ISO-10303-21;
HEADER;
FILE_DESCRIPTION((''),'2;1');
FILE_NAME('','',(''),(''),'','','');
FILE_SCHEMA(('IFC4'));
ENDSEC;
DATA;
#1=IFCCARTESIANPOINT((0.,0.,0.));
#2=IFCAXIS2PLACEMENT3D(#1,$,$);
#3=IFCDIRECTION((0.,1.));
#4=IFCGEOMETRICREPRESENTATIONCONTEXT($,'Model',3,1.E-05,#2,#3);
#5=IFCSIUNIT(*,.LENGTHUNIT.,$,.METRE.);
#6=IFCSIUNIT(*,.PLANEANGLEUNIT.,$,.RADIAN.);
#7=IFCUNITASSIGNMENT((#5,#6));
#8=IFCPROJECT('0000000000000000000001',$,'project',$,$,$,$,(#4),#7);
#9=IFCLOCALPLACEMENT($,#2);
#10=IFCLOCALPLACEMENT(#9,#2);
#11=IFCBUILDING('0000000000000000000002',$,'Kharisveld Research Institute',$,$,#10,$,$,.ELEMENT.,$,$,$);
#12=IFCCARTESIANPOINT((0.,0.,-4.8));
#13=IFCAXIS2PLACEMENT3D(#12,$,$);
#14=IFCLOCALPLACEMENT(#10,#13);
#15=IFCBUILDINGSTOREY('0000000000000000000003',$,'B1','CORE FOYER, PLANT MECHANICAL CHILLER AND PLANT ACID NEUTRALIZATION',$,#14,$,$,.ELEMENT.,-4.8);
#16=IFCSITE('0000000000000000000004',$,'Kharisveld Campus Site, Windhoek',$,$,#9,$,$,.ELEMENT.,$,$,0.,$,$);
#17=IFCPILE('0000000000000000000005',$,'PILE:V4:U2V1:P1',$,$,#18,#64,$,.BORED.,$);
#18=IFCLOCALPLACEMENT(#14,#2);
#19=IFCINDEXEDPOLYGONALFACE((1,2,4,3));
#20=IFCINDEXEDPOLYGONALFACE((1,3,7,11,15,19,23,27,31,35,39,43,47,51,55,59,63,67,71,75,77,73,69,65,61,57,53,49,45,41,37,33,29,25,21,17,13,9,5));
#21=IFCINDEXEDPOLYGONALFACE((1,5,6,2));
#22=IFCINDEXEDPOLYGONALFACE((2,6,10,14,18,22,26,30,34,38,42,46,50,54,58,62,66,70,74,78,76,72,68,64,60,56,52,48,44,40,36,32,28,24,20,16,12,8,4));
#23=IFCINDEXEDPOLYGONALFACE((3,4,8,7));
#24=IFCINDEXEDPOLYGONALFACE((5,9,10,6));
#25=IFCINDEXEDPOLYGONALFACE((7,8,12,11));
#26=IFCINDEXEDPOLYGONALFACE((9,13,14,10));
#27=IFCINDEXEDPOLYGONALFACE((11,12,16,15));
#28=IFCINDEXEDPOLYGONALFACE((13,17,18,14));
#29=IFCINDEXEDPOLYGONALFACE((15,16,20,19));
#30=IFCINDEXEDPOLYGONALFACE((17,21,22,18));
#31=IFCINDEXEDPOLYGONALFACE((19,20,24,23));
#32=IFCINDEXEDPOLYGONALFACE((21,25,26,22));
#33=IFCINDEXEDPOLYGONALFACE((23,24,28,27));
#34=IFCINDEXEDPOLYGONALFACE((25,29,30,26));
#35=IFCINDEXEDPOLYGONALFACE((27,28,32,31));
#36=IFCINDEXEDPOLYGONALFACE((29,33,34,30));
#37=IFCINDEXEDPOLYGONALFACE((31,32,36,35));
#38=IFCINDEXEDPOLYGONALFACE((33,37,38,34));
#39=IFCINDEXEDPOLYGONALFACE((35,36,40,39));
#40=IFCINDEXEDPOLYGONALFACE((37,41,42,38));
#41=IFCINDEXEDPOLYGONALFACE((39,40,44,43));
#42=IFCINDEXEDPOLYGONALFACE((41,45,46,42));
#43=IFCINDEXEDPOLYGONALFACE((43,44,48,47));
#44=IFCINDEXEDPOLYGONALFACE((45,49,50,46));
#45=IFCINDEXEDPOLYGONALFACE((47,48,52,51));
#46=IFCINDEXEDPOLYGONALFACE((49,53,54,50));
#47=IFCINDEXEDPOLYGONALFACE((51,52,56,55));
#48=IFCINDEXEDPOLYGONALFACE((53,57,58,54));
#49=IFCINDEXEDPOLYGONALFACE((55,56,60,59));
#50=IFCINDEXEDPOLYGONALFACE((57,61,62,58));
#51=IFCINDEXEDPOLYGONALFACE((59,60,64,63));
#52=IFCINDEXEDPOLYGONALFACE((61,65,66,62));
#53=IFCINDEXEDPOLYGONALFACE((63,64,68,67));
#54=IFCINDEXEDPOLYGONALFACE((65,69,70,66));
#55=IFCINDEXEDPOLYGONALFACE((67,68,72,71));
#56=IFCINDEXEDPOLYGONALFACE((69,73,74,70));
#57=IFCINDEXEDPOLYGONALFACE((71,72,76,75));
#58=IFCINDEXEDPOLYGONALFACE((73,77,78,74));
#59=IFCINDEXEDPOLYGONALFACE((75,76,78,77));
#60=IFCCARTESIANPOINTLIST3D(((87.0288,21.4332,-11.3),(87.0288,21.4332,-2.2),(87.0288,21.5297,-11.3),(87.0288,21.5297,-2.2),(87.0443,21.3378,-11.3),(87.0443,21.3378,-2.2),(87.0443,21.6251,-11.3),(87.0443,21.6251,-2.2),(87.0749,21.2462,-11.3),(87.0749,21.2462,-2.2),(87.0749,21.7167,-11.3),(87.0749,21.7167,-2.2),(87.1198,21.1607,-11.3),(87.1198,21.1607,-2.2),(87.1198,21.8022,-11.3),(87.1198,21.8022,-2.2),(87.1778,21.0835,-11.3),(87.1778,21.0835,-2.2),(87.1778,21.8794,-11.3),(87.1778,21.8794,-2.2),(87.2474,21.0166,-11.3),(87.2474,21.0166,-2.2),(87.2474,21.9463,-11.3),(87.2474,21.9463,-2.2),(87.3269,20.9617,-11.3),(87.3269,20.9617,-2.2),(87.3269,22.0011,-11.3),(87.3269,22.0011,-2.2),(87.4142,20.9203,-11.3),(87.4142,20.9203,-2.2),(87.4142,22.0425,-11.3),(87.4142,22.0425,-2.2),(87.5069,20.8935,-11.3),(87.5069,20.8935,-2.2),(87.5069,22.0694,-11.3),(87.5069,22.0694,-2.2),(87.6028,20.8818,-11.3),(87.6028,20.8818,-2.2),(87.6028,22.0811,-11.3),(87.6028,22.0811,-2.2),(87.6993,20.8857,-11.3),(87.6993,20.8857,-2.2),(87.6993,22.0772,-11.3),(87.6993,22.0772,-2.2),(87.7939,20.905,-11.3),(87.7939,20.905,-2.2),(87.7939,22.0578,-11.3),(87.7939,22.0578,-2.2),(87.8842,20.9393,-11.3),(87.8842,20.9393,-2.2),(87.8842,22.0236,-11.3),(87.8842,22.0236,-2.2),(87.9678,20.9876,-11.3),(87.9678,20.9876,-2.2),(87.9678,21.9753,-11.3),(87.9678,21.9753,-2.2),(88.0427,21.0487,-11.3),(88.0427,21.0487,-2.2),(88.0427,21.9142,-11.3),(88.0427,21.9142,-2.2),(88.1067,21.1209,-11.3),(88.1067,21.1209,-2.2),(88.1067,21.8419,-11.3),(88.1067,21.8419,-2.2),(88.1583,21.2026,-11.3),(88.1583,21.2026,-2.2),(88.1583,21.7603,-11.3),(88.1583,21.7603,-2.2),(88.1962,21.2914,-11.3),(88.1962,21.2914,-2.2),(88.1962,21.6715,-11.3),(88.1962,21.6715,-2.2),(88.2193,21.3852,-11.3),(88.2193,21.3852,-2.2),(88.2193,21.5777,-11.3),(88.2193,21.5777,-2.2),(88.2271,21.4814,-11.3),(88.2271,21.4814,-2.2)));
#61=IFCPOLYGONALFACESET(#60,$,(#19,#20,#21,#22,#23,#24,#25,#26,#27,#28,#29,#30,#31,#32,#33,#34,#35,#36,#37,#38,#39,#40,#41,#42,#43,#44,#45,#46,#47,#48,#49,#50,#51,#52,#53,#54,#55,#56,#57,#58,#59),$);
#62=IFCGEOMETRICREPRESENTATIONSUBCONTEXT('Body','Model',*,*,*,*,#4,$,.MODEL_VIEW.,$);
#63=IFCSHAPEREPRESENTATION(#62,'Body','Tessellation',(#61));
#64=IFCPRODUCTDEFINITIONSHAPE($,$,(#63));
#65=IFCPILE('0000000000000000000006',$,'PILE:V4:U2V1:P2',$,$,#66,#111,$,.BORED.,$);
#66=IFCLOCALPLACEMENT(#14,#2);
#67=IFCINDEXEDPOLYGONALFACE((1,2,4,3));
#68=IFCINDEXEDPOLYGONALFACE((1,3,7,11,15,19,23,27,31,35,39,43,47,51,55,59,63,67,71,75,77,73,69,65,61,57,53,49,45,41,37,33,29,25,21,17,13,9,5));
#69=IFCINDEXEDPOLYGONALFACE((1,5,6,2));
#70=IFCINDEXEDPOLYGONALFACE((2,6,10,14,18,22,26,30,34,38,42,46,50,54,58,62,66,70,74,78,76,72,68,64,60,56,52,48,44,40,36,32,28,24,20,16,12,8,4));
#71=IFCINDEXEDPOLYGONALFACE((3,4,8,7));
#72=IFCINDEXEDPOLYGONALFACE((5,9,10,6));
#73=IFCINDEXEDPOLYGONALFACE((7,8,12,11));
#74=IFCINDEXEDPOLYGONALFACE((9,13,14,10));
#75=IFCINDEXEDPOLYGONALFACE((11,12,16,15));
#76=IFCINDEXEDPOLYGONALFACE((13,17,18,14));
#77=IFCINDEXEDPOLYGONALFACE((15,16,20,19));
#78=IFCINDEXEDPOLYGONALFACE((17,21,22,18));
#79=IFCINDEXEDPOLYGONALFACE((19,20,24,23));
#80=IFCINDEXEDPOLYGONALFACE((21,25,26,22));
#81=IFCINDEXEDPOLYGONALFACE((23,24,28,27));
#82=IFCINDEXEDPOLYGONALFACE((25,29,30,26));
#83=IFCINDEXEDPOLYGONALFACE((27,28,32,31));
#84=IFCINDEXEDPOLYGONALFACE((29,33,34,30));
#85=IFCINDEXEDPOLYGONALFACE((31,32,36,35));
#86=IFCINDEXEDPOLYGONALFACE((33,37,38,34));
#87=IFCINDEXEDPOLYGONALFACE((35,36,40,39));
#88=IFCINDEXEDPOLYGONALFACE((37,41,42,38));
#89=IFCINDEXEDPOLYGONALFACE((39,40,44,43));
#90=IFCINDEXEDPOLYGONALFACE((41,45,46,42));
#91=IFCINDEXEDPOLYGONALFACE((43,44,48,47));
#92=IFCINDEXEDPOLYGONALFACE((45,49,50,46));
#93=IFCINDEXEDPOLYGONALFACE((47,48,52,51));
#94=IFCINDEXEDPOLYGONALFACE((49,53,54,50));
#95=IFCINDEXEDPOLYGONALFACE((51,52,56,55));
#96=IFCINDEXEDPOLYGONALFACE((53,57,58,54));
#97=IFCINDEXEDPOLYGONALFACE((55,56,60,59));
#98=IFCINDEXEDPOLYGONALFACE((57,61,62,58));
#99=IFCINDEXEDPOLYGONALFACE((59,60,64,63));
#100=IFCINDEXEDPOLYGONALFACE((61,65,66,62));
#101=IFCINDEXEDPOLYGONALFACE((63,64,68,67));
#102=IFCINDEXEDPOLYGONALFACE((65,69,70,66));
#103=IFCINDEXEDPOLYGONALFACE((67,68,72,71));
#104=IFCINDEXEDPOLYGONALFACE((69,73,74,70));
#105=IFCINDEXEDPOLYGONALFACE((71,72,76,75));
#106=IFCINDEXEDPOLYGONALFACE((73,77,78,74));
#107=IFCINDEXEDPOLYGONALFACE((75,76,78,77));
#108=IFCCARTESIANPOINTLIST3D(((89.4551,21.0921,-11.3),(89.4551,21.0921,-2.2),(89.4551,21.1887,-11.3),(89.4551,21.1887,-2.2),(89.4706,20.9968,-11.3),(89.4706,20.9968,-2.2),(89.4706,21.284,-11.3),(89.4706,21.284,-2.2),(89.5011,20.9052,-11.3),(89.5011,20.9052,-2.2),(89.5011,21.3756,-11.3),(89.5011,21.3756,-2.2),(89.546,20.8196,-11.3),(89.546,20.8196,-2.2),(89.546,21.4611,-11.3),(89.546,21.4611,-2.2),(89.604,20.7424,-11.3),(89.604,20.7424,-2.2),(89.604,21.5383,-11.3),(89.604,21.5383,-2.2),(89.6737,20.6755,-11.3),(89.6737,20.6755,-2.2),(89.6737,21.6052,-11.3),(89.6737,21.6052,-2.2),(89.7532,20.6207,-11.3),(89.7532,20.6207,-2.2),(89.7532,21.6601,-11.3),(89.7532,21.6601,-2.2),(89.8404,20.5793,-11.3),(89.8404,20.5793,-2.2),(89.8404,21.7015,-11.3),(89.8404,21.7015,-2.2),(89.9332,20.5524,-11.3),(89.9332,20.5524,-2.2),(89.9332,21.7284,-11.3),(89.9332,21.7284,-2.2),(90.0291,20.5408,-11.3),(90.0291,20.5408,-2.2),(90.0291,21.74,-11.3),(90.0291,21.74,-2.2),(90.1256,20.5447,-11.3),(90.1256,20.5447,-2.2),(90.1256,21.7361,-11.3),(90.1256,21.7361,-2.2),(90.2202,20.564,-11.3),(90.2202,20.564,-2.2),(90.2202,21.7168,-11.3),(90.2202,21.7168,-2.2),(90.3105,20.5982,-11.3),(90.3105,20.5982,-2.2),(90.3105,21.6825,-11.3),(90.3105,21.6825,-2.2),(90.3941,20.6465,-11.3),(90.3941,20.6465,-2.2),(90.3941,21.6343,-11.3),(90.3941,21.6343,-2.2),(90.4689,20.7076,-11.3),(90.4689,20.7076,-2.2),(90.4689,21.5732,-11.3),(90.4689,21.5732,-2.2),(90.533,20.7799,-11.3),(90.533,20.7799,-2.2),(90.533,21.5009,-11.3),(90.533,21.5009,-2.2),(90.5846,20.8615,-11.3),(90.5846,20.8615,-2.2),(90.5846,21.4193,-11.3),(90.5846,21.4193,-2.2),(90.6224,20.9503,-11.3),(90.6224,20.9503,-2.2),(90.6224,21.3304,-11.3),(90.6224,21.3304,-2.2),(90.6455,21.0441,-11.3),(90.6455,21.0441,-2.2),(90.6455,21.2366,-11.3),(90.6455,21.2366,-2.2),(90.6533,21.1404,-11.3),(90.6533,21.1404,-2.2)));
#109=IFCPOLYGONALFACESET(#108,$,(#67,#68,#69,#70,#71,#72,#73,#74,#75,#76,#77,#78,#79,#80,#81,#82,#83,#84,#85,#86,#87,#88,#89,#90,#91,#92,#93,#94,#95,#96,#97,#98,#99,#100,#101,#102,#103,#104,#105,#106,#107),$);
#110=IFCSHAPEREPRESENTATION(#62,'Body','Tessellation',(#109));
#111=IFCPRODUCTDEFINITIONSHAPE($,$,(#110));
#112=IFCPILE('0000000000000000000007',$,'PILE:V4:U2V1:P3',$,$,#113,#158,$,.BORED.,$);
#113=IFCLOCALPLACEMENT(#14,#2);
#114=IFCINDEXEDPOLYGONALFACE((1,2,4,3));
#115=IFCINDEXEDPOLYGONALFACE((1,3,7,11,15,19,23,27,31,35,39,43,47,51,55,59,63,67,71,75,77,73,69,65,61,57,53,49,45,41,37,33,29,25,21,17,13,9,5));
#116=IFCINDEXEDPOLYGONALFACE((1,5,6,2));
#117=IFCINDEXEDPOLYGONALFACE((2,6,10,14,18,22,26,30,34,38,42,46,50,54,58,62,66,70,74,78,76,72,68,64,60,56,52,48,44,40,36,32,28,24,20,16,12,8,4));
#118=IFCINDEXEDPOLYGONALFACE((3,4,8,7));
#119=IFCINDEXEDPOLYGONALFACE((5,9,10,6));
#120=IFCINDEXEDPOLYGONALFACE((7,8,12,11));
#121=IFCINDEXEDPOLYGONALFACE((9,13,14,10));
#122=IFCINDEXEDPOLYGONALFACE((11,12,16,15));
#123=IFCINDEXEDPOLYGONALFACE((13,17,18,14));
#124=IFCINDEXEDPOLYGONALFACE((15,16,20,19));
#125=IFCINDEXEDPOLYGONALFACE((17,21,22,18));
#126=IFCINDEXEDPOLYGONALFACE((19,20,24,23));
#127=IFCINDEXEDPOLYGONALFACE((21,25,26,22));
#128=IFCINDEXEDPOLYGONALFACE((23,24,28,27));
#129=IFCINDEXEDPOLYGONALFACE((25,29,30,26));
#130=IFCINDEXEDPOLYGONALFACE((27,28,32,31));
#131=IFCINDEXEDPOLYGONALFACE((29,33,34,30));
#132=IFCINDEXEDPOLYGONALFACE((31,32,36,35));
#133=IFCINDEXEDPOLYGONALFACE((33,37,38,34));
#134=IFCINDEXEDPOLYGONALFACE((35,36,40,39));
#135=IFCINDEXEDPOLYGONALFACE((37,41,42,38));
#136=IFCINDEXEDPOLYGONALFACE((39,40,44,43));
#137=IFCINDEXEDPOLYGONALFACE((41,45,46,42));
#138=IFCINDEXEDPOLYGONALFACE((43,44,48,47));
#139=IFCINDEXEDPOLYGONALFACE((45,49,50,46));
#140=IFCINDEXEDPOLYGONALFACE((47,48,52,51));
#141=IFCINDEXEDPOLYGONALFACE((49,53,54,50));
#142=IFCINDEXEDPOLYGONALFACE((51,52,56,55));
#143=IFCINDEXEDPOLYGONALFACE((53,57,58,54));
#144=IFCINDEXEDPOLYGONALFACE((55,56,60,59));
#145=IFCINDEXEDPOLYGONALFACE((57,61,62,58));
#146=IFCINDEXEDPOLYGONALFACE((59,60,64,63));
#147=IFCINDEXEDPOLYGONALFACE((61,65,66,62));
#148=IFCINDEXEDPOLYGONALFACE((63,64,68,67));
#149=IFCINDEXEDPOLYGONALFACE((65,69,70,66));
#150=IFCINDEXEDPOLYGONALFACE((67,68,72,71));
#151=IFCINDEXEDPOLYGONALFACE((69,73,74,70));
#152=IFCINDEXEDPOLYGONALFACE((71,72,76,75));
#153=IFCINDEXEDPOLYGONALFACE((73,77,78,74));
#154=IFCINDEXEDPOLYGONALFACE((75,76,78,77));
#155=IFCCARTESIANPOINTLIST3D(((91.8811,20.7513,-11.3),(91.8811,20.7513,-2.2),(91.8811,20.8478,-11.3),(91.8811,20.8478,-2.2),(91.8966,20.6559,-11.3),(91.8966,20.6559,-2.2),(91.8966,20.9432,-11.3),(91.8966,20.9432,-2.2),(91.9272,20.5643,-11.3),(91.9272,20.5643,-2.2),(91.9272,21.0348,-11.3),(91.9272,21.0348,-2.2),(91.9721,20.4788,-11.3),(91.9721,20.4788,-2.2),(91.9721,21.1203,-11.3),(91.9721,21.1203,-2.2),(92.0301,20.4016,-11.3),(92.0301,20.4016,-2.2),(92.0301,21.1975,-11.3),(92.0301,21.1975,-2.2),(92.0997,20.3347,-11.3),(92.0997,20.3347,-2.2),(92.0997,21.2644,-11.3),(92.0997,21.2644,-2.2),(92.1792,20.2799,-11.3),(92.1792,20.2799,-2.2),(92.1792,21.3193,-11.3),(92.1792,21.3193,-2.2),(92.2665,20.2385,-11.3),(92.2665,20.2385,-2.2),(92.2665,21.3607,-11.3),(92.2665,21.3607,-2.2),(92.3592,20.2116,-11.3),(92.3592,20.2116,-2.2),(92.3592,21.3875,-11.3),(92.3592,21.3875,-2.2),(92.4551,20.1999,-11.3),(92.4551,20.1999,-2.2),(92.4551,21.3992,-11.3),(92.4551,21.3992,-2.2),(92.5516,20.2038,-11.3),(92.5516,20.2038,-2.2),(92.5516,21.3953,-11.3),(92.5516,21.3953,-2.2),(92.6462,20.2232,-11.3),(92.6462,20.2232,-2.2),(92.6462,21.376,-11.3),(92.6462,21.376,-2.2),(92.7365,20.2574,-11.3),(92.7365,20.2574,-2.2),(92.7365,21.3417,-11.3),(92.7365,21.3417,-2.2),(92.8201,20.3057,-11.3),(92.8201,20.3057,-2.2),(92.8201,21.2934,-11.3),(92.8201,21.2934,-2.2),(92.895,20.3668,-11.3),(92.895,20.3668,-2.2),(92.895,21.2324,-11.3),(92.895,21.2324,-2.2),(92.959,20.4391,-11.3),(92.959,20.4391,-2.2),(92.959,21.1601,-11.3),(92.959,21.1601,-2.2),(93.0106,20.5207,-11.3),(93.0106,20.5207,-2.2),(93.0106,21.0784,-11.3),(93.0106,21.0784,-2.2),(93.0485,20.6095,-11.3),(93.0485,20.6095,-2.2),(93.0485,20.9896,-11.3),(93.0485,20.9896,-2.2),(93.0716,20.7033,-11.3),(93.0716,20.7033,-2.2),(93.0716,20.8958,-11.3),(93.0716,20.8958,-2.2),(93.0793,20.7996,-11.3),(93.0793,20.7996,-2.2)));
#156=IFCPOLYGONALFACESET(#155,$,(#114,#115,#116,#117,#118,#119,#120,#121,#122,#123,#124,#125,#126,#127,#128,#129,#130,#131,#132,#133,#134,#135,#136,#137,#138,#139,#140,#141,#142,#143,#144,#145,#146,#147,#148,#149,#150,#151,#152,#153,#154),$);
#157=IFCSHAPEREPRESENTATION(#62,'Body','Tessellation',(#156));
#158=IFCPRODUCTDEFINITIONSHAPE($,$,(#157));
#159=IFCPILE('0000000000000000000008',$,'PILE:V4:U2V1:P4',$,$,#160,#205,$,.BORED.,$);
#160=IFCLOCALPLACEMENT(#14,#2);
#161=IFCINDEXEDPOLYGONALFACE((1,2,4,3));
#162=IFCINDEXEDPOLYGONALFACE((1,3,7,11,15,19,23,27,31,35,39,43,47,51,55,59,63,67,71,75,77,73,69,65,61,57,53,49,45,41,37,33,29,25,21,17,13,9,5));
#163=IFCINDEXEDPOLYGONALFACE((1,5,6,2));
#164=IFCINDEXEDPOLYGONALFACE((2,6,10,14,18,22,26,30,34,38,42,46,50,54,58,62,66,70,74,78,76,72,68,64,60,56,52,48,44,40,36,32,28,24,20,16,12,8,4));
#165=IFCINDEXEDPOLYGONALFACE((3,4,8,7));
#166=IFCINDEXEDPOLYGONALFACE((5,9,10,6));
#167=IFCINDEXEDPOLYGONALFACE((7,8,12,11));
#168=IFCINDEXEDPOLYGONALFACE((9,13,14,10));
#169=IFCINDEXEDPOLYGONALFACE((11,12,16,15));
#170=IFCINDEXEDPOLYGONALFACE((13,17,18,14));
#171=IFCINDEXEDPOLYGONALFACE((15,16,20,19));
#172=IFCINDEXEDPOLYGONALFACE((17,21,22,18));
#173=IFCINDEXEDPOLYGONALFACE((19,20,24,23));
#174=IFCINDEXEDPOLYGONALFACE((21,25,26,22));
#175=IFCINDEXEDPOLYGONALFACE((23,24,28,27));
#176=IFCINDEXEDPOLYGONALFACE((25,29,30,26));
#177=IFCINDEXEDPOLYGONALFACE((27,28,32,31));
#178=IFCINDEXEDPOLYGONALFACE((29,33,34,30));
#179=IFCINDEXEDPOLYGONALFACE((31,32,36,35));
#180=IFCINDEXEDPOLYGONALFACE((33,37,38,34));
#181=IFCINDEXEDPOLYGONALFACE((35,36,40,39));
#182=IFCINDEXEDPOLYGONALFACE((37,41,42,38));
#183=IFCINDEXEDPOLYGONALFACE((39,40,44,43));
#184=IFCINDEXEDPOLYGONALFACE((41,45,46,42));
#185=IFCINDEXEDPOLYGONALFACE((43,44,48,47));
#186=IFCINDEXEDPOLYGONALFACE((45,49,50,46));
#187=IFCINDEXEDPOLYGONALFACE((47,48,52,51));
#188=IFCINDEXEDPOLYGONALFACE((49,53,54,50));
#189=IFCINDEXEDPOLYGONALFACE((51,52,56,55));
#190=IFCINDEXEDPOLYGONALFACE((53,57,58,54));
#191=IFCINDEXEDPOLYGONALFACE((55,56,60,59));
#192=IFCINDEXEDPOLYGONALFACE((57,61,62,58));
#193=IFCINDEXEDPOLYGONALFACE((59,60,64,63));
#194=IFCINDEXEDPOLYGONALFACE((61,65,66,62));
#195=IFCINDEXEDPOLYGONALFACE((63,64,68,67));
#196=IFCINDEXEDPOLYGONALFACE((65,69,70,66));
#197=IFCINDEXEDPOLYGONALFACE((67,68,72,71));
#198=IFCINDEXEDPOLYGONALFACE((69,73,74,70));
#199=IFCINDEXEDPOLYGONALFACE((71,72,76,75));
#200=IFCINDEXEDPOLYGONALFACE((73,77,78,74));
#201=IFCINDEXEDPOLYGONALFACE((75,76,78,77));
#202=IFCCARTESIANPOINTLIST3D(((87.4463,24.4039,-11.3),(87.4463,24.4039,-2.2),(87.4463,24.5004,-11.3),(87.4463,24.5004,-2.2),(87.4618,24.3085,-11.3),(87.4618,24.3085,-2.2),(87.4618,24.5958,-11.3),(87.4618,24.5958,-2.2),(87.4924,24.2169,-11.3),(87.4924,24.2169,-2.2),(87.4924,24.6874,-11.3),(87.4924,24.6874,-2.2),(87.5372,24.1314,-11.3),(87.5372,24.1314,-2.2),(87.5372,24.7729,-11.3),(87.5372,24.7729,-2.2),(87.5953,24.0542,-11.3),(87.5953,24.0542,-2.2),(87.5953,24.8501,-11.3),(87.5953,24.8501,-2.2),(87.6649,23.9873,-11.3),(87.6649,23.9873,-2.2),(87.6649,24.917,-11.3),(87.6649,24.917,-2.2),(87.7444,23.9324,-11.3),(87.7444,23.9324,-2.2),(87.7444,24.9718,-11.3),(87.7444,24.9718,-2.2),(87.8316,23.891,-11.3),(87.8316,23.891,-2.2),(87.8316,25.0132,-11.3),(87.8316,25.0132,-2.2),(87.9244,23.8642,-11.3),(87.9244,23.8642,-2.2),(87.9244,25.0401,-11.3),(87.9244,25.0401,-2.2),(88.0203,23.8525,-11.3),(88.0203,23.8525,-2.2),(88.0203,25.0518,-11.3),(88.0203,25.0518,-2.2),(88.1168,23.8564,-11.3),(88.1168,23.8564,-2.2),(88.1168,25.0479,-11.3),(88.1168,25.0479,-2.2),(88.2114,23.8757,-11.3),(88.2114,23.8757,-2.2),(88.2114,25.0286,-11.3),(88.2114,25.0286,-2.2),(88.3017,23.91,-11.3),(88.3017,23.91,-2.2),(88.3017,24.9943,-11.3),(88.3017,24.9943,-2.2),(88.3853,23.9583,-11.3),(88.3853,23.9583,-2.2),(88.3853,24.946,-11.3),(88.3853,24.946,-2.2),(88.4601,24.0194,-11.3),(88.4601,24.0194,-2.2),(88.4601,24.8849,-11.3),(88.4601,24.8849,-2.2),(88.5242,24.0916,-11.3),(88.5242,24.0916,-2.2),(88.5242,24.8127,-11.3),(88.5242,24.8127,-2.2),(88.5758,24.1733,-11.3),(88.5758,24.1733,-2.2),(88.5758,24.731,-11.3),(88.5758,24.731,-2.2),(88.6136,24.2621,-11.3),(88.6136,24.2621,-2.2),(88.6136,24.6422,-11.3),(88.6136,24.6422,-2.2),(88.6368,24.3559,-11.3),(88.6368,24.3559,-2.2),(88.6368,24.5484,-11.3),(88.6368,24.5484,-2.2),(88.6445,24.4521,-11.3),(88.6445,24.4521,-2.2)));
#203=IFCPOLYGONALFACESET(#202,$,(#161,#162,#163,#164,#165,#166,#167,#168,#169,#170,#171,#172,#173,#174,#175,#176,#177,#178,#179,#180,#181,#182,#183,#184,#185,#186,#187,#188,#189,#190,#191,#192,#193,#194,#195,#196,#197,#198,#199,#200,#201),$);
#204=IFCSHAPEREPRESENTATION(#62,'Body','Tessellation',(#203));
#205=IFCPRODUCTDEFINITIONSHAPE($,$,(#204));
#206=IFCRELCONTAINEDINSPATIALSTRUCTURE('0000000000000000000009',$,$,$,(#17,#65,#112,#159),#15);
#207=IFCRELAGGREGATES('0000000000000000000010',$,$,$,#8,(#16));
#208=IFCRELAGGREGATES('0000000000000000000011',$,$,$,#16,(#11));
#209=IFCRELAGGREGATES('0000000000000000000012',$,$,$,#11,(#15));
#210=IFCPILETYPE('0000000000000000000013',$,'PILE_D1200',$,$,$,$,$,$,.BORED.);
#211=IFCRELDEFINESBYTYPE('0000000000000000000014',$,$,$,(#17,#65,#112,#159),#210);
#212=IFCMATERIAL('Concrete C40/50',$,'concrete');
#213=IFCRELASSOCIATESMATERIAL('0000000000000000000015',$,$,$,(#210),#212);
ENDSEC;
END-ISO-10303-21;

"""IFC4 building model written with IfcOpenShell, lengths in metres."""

from ifc_helpers import new_model, si_unit, direction, frame, origin, origin_2d, place, context, subcontext, project, spatial, circle, extrude, material, material_profile, profile_set, type_object, element, save


model = new_model("IFC4")

# Units and contexts
model_context = context("Model", 3, precision=1e-05, world=origin(), true_north=direction((0.0, 1.0)))
body_context = subcontext(model_context, "Body", "Model", "MODEL_VIEW")
ifc_project = project(units=[si_unit("LENGTHUNIT", "METRE"), si_unit("PLANEANGLEUNIT", "RADIAN")], contexts=[model_context])

# Site, building, storey
site_placement = place(None, origin())
site = spatial("IfcSite", under=ifc_project, at=site_placement, Name="Kharisveld Campus Site, Windhoek", CompositionType="ELEMENT", RefElevation=0.0)
building_placement = place(site_placement, origin())
building = spatial("IfcBuilding", under=site, at=building_placement, Name="Kharisveld Research Institute", CompositionType="ELEMENT")
storey_placement = place(building_placement, frame((0.0, 0.0, -4.8)))
storey = spatial("IfcBuildingStorey", under=building, at=storey_placement, Name="B1", Description="CORE FOYER, PLANT MECHANICAL CHILLER AND PLANT ACID NEUTRALIZATION", CompositionType="ELEMENT", Elevation=-4.8)

# Piles
ifc_material_1 = material(Name="Concrete C40/50", Category="concrete")
ifc_material_profile_1 = material_profile(ifc_material_1, circle(Radius=0.6001, at=origin_2d()))
ifc_profile_set_1 = profile_set([ifc_material_profile_1], Name="Concrete C40/50")
pile_type_1 = type_object("IfcPileType", Name="PILE_D1200", PredefinedType="BORED", material=ifc_profile_set_1)
for number, where, z_axis, x_axis, name in (
    (1, (87.627, 21.4814, -2.2), (0.0, 0.0, -1.0), (1.0, 0.0, 0.0), "PILE:V4:U2V1:P1"),
    (2, (90.0532, 21.1404, -2.2), (0.0, 0.0, -1.0), (1.0, 0.0, 0.0), "PILE:V4:U2V1:P2"),
    (3, (92.4792, 20.7996, -2.2), (0.0, 0.0, -1.0), (1.0, 0.0, 0.0), "PILE:V4:U2V1:P3"),
    (4, (88.0444, 24.4521, -2.2), (0.0, 0.0, -1.0), (1.0, 0.0, 0.0), "PILE:V4:U2V1:P4"),
):
    element("IfcPile", number, at=place(storey_placement, frame(where, z_axis=z_axis, x_axis=x_axis)), inside=storey, type_object=pile_type_1, Name=name, PredefinedType="BORED", context=body_context, shape_type="SweptSolid", body=[
        extrude(circle(Radius=0.6001, at=origin_2d()), origin(), (0.0, 0.0, 1.0), 9.1001),
    ])

save(model, "model.ifc")
